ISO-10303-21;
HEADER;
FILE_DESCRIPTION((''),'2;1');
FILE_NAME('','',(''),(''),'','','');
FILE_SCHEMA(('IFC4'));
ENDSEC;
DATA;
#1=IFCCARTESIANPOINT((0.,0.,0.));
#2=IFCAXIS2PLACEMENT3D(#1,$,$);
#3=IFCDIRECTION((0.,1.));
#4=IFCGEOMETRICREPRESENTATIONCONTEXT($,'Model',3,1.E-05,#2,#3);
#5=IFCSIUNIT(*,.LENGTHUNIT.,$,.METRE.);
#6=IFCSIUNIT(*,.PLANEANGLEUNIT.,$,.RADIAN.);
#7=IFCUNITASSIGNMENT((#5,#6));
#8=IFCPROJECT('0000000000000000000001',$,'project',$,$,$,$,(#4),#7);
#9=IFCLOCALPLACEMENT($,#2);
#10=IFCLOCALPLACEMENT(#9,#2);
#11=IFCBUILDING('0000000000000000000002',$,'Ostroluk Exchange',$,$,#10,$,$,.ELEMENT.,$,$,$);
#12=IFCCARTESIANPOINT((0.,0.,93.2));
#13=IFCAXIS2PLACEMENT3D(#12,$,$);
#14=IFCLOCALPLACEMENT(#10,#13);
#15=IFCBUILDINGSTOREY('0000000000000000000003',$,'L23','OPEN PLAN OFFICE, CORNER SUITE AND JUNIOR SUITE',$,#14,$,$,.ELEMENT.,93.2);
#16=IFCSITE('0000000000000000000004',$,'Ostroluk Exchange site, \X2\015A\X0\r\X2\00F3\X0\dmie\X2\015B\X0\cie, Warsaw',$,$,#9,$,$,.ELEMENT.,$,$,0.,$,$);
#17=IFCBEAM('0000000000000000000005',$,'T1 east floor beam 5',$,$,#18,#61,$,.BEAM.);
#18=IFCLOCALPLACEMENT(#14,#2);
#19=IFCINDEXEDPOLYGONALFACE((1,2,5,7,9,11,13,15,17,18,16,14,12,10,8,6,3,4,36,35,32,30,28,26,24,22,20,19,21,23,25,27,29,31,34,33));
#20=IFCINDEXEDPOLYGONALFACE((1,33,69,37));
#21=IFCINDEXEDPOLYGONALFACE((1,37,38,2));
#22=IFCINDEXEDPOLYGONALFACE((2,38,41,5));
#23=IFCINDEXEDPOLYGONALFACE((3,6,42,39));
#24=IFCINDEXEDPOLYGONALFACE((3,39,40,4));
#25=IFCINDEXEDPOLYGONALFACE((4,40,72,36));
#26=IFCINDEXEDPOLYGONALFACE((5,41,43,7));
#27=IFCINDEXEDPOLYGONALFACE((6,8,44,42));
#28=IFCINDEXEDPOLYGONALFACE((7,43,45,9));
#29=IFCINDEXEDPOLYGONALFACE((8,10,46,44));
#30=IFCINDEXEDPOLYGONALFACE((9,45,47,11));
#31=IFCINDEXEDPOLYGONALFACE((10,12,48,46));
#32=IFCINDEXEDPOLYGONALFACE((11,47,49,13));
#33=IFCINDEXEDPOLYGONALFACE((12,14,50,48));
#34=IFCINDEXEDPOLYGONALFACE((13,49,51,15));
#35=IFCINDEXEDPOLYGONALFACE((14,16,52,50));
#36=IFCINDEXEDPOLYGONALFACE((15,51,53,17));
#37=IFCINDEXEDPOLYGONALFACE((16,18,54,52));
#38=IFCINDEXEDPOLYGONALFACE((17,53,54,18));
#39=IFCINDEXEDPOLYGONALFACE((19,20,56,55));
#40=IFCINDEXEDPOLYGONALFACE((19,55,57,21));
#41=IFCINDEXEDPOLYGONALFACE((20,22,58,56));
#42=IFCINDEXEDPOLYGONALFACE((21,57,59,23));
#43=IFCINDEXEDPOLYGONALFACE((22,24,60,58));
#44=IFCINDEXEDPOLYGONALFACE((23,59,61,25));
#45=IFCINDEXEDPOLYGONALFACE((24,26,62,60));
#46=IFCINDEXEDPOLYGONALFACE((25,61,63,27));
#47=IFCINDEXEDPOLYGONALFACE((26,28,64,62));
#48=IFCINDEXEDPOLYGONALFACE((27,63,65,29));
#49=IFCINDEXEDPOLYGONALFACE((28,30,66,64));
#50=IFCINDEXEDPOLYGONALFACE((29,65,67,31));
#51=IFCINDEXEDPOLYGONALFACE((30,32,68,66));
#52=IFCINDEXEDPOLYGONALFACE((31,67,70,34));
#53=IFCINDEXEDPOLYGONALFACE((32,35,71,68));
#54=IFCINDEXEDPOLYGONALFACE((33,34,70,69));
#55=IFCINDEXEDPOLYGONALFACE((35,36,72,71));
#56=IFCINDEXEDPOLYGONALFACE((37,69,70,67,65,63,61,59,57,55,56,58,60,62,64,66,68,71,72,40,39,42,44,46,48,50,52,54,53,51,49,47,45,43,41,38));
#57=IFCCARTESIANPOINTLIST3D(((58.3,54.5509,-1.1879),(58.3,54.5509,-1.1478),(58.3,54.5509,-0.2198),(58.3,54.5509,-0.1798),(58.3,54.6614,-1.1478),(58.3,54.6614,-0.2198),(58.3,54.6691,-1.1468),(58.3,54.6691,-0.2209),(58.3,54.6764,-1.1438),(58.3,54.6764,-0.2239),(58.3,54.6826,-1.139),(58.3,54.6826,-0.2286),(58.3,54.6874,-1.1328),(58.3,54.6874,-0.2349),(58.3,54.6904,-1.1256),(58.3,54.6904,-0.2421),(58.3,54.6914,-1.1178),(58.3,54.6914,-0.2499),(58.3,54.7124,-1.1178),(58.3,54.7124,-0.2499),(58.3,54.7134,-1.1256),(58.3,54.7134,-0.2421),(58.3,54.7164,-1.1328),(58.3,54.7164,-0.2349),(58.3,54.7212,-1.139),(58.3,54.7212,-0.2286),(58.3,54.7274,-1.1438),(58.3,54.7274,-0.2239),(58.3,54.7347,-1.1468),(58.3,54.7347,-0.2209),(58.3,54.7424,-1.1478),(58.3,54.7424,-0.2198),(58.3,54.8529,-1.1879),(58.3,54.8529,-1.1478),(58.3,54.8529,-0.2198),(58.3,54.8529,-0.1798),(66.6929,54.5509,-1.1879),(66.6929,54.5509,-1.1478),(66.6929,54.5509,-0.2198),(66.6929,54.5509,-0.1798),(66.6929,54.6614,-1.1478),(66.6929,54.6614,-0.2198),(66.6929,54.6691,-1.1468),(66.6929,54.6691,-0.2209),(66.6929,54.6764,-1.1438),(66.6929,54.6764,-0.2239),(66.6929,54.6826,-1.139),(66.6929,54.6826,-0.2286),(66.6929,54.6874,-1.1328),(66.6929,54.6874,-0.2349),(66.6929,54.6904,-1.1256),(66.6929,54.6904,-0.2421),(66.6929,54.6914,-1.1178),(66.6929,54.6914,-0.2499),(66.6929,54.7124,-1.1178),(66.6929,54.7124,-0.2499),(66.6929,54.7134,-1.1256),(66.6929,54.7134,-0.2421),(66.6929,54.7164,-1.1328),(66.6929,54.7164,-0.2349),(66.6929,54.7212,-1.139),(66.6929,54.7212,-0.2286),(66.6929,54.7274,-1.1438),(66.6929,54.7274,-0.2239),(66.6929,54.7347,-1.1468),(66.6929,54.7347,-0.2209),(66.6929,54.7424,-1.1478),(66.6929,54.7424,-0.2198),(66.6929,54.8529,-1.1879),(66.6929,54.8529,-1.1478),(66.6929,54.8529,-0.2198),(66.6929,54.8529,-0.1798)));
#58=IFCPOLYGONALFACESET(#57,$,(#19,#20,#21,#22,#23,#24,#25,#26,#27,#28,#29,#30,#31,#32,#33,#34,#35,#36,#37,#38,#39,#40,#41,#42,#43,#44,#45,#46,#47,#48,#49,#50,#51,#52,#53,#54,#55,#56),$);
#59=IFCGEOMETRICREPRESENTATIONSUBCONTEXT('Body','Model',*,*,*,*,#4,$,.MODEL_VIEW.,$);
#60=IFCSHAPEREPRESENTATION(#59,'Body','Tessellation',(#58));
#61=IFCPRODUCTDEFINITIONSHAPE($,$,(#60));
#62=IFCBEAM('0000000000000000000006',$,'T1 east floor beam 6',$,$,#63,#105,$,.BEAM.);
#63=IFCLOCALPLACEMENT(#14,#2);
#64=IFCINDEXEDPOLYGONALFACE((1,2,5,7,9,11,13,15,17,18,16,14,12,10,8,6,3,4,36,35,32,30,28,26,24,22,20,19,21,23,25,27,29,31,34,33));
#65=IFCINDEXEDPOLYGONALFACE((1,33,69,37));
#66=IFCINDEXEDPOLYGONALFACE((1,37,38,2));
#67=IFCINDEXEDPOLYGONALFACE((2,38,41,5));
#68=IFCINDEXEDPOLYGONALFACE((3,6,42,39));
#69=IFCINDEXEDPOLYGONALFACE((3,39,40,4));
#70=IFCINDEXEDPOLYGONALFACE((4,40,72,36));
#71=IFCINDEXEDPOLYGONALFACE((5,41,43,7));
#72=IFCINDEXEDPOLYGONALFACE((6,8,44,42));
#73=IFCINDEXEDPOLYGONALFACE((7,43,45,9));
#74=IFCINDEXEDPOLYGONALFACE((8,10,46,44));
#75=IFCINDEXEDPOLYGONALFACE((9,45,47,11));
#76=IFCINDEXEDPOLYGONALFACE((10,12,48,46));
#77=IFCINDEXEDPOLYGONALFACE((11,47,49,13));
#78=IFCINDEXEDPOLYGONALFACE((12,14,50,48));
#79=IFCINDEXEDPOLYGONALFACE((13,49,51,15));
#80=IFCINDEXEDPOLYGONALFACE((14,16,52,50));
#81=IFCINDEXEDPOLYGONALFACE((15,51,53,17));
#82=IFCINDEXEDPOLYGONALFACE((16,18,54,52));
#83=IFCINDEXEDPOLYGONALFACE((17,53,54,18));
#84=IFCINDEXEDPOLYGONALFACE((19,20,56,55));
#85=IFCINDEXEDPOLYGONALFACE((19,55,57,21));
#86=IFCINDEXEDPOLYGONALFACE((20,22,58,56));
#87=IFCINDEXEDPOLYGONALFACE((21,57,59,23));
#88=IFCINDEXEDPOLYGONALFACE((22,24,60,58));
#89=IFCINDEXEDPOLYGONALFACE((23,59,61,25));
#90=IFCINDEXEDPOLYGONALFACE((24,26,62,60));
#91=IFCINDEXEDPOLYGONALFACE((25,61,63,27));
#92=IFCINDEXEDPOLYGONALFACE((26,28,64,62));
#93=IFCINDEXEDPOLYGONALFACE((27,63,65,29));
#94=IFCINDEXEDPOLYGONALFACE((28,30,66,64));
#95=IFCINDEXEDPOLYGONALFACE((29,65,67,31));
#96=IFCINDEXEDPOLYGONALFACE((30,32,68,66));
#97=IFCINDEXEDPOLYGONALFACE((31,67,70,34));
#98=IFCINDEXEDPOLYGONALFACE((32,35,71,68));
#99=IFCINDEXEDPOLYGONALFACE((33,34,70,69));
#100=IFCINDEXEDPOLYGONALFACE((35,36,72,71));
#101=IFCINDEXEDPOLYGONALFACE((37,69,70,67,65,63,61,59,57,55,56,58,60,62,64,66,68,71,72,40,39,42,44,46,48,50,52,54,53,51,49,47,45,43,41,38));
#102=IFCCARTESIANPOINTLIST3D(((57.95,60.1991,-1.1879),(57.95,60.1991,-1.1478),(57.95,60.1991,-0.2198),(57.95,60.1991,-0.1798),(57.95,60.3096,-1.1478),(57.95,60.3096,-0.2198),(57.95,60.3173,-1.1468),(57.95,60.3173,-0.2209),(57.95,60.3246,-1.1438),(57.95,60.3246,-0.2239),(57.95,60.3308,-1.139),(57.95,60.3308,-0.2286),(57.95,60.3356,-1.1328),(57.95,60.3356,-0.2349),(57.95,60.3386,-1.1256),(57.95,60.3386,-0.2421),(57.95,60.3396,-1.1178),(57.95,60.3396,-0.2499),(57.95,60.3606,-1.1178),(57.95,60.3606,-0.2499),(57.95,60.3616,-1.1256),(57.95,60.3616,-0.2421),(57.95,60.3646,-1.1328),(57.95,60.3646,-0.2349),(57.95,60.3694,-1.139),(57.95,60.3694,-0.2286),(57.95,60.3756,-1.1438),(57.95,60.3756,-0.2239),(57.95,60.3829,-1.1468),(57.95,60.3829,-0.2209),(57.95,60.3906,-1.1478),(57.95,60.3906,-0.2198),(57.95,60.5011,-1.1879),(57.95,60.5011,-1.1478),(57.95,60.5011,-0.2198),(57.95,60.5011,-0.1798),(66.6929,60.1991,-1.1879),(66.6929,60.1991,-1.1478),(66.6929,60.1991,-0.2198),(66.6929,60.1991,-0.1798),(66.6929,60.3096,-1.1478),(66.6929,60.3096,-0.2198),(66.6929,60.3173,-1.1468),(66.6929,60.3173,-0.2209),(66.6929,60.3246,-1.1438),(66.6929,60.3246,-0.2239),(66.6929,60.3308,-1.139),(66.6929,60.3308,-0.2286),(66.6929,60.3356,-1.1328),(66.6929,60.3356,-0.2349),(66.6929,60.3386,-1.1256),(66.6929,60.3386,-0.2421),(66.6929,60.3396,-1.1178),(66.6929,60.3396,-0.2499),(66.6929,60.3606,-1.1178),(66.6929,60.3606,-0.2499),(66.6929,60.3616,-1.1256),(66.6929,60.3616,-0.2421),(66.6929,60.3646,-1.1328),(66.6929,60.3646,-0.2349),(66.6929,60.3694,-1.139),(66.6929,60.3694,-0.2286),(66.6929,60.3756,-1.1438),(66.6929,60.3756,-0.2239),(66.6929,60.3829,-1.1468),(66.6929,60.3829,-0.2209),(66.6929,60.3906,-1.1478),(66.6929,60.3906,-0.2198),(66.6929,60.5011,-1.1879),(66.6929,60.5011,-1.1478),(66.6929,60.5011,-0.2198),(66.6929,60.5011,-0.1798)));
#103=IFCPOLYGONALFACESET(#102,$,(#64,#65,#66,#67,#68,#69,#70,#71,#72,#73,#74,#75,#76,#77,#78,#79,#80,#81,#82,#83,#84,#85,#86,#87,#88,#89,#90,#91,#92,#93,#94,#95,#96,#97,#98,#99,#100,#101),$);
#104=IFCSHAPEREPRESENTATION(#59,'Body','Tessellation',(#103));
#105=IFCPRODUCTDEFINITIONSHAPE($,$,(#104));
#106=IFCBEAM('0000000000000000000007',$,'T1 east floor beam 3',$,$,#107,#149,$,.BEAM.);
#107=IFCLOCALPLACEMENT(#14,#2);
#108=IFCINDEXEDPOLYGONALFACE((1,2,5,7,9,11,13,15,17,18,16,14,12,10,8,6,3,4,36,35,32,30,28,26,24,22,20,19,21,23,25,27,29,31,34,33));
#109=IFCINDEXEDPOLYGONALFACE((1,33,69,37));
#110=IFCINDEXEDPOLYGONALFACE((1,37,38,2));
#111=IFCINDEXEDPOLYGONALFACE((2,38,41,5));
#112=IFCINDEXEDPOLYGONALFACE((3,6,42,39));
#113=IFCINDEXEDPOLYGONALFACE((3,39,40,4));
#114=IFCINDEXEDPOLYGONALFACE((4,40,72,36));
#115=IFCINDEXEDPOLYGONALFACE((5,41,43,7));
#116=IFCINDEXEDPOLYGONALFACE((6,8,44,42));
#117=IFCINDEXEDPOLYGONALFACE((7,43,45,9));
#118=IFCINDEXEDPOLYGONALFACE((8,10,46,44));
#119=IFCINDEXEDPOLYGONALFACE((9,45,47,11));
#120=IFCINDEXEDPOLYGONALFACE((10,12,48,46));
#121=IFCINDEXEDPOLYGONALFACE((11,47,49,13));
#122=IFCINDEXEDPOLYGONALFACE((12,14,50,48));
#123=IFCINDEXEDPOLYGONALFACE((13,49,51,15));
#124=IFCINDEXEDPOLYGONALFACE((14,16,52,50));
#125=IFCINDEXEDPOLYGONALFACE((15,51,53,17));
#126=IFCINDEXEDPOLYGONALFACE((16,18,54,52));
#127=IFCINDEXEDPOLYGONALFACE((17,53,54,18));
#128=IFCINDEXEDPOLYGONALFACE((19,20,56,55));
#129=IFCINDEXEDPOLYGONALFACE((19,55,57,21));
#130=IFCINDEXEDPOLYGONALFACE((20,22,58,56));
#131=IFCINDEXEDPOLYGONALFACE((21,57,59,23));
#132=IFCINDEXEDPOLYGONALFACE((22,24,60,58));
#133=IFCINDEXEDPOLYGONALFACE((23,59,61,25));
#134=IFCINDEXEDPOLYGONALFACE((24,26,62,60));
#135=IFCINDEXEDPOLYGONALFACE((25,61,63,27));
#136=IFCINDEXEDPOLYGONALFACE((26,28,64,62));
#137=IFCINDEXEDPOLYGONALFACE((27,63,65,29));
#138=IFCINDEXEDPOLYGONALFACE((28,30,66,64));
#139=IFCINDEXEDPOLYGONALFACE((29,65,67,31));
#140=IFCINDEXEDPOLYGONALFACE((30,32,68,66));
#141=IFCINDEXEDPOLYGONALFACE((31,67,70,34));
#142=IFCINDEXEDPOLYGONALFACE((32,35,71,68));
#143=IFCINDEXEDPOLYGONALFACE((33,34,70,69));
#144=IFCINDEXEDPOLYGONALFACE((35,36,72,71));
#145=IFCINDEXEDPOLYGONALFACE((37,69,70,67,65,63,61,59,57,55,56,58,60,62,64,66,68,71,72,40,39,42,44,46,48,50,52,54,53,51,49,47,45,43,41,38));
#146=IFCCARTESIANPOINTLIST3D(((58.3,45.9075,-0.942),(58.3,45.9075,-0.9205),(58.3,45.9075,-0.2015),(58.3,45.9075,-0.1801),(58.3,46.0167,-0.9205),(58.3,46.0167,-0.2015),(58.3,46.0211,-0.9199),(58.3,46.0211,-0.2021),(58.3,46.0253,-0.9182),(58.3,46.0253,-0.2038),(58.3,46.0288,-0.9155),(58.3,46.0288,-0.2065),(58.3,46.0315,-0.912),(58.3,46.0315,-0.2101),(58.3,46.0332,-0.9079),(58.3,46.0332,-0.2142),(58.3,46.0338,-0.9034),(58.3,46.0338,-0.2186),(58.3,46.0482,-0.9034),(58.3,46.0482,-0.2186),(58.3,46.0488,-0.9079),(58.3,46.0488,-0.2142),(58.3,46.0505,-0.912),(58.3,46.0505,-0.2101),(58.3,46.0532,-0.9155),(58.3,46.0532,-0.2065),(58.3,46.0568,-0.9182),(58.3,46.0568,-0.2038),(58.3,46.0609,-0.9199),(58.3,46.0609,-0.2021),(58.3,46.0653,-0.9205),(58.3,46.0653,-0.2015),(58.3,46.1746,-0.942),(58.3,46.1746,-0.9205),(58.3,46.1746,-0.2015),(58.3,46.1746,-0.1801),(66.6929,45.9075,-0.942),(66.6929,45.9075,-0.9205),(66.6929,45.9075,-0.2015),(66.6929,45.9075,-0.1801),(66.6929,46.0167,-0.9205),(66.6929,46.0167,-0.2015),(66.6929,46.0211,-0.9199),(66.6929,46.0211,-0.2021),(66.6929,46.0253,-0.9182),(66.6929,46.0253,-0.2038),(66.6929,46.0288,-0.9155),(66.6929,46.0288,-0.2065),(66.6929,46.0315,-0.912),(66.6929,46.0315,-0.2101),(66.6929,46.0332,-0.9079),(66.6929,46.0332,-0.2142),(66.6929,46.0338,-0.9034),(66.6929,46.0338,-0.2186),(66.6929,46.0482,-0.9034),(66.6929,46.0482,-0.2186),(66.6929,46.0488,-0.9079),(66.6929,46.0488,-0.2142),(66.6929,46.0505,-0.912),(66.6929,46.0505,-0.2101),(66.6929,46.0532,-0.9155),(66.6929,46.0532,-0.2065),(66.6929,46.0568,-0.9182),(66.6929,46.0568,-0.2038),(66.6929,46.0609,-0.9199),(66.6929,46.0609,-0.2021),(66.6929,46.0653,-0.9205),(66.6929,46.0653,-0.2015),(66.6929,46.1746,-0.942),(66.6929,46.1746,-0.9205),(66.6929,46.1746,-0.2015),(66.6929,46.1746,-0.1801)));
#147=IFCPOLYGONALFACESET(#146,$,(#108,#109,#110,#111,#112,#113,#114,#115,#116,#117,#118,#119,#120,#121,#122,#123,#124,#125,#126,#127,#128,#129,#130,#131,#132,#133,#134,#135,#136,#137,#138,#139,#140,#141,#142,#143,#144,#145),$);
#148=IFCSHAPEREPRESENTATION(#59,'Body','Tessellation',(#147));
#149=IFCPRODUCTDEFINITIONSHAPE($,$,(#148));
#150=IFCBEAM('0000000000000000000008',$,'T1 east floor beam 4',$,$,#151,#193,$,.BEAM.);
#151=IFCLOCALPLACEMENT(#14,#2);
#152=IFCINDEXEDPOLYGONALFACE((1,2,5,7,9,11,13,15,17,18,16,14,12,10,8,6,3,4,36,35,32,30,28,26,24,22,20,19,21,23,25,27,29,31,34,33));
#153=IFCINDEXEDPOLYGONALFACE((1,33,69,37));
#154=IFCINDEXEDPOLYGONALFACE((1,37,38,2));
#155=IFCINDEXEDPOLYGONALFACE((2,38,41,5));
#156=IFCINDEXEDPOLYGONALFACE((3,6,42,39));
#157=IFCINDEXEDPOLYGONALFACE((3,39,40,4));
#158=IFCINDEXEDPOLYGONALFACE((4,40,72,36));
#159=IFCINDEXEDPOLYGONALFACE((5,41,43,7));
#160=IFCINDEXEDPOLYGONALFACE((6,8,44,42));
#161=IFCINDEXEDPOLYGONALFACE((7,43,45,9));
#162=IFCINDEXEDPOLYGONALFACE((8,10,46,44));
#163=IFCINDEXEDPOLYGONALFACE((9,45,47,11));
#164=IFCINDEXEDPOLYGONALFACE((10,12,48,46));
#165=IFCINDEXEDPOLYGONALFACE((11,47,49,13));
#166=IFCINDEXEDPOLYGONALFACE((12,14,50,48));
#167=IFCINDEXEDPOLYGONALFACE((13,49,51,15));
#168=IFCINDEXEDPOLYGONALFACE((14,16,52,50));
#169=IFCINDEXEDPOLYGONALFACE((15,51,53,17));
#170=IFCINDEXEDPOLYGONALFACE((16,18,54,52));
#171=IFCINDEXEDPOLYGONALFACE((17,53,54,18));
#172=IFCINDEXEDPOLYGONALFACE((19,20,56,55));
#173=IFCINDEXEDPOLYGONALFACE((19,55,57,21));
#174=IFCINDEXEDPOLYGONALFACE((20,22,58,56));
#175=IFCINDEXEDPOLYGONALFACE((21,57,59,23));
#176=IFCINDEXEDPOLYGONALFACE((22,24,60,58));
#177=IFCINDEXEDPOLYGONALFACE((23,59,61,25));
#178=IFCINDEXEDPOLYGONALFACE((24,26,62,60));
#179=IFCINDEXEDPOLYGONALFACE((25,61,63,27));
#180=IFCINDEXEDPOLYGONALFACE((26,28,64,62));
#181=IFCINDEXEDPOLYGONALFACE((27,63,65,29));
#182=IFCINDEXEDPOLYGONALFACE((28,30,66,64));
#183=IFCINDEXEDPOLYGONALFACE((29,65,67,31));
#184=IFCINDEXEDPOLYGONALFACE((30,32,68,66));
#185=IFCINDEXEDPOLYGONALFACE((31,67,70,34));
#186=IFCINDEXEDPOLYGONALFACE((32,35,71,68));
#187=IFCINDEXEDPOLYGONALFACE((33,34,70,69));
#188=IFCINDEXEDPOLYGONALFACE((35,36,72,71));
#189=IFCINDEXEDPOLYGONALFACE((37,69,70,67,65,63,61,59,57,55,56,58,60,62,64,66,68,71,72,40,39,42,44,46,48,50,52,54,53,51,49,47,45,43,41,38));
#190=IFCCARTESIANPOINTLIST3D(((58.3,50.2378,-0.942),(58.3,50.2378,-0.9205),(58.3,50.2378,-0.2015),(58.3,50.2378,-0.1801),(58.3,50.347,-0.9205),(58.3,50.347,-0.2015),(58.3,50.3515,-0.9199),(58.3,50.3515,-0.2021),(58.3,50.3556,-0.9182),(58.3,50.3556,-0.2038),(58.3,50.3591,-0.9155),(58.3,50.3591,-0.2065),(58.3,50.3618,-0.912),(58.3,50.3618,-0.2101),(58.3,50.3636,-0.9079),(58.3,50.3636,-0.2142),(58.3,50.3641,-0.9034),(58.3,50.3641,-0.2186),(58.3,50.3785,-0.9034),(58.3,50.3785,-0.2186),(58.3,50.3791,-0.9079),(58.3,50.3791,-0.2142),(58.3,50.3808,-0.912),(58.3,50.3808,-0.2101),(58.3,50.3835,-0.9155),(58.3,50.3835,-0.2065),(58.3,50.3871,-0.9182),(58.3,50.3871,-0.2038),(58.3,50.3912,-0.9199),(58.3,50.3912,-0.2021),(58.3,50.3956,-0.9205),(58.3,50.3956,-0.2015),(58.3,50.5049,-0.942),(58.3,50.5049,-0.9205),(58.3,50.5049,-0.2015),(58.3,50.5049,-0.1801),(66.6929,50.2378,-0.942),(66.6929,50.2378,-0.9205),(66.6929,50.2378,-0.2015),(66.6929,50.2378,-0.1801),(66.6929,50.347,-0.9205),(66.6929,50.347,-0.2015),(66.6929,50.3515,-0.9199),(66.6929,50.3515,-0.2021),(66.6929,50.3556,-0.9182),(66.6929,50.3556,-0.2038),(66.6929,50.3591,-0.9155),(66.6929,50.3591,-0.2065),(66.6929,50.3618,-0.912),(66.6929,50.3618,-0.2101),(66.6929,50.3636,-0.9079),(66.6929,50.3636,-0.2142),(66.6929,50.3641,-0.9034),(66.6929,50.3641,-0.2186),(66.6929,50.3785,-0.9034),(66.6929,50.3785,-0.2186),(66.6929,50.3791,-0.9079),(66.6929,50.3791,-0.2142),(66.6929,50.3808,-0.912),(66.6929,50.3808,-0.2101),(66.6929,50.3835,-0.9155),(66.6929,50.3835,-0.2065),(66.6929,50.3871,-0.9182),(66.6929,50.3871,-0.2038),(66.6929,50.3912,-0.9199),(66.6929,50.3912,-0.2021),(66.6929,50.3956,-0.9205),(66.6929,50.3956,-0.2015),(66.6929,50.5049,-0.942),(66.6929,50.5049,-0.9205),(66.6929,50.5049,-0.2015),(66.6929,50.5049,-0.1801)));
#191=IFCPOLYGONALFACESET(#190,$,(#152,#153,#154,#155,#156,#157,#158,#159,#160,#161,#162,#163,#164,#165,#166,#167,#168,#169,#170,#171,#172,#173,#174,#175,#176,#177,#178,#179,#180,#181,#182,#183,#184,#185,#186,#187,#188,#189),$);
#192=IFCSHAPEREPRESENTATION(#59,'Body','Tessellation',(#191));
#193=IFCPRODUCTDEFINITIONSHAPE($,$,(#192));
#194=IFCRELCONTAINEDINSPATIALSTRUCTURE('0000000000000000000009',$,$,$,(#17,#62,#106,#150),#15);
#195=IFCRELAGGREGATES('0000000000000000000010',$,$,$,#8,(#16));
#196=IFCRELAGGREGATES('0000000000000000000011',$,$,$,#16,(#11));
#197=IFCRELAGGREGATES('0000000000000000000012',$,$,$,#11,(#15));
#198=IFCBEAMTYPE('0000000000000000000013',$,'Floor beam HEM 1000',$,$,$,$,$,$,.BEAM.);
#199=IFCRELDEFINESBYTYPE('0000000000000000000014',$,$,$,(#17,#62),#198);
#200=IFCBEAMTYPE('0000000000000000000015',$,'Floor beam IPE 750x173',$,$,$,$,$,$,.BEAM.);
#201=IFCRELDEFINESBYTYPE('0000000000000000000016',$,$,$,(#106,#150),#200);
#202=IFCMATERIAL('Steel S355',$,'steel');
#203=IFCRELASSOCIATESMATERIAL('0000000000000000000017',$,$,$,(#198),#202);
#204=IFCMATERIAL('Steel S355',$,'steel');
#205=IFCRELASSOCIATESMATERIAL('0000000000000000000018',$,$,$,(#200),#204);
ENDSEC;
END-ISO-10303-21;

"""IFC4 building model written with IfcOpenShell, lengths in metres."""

from ifc_helpers import new_model, si_unit, direction, frame, origin, origin_2d, place, context, subcontext, project, spatial, i_section, extrude, material, material_profile, profile_set, type_object, element, save


model = new_model("IFC4")

# Units and contexts
model_context = context("Model", 3, precision=1e-05, world=origin(), true_north=direction((0.0, 1.0)))
body_context = subcontext(model_context, "Body", "Model", "MODEL_VIEW")
ifc_project = project(units=[si_unit("LENGTHUNIT", "METRE"), si_unit("PLANEANGLEUNIT", "RADIAN")], contexts=[model_context])

# Site, building, storey
site_placement = place(None, origin())
site = spatial("IfcSite", under=ifc_project, at=site_placement, Name="Ostroluk Exchange site, Śródmieście, Warsaw", CompositionType="ELEMENT", RefElevation=0.0)
building_placement = place(site_placement, origin())
building = spatial("IfcBuilding", under=site, at=building_placement, Name="Ostroluk Exchange", CompositionType="ELEMENT")
storey_placement = place(building_placement, frame((0.0, 0.0, 93.2)))
storey = spatial("IfcBuildingStorey", under=building, at=storey_placement, Name="L23", Description="OPEN PLAN OFFICE, CORNER SUITE AND JUNIOR SUITE", CompositionType="ELEMENT", Elevation=93.2)

# Beams
ifc_material_1 = material(Name="Steel S355", Category="steel")
ifc_material_profile_1 = material_profile(ifc_material_1, i_section(OverallWidth=0.302, OverallDepth=1.0081, WebThickness=0.021, FlangeThickness=0.04, FilletRadius=0.03, at=origin_2d()), Name="HEM 1000")
ifc_profile_set_1 = profile_set([ifc_material_profile_1], Name="Steel S355")
beam_type_1 = type_object("IfcBeamType", Name="Floor beam HEM 1000", PredefinedType="BEAM", material=ifc_profile_set_1)
beam_1_placement = place(storey_placement, frame((58.3, 54.7019, -0.6838), z_axis=(1.0, 0.0, 0.0), x_axis=(0.0, 1.0, 0.0)))
element("IfcBeam", 1, at=beam_1_placement, inside=storey, type_object=beam_type_1, Name="T1 east floor beam 5", PredefinedType="BEAM", context=body_context, shape_type="SweptSolid", body=[
    extrude(i_section(OverallWidth=0.302, OverallDepth=1.0081, WebThickness=0.021, FlangeThickness=0.04, FilletRadius=0.03, at=origin_2d()), origin(), (0.0, 0.0, 1.0), 8.3928),
])
beam_2_placement = place(storey_placement, frame((57.95, 60.3501, -0.6838), z_axis=(1.0, 0.0, 0.0), x_axis=(0.0, 1.0, 0.0)))
element("IfcBeam", 2, at=beam_2_placement, inside=storey, type_object=beam_type_1, Name="T1 east floor beam 6", PredefinedType="BEAM", context=body_context, shape_type="SweptSolid", body=[
    extrude(i_section(OverallWidth=0.302, OverallDepth=1.0081, WebThickness=0.021, FlangeThickness=0.04, FilletRadius=0.03, at=origin_2d()), origin(), (0.0, 0.0, 1.0), 8.7429),
])
ifc_material_2 = material(Name="Steel S355", Category="steel")
ifc_material_profile_2 = material_profile(ifc_material_2, i_section(OverallWidth=0.2671, OverallDepth=0.762, WebThickness=0.0144, FlangeThickness=0.0215, FilletRadius=0.0171, at=origin_2d()), Name="IPE 750x173")
ifc_profile_set_2 = profile_set([ifc_material_profile_2], Name="Steel S355")
beam_type_2 = type_object("IfcBeamType", Name="Floor beam IPE 750x173", PredefinedType="BEAM", material=ifc_profile_set_2)
for number, where, z_axis, x_axis, name in (
    (3, (58.3, 46.041, -0.561), (1.0, 0.0, 0.0), (0.0, 1.0, 0.0), "T1 east floor beam 3"),
    (4, (58.3, 50.3713, -0.561), (1.0, 0.0, 0.0), (0.0, 1.0, 0.0), "T1 east floor beam 4"),
):
    element("IfcBeam", number, at=place(storey_placement, frame(where, z_axis=z_axis, x_axis=x_axis)), inside=storey, type_object=beam_type_2, Name=name, PredefinedType="BEAM", context=body_context, shape_type="SweptSolid", body=[
        extrude(i_section(OverallWidth=0.2671, OverallDepth=0.762, WebThickness=0.0144, FlangeThickness=0.0215, FilletRadius=0.0171, at=origin_2d()), origin(), (0.0, 0.0, 1.0), 8.3928),
    ])

save(model, "model.ifc")
